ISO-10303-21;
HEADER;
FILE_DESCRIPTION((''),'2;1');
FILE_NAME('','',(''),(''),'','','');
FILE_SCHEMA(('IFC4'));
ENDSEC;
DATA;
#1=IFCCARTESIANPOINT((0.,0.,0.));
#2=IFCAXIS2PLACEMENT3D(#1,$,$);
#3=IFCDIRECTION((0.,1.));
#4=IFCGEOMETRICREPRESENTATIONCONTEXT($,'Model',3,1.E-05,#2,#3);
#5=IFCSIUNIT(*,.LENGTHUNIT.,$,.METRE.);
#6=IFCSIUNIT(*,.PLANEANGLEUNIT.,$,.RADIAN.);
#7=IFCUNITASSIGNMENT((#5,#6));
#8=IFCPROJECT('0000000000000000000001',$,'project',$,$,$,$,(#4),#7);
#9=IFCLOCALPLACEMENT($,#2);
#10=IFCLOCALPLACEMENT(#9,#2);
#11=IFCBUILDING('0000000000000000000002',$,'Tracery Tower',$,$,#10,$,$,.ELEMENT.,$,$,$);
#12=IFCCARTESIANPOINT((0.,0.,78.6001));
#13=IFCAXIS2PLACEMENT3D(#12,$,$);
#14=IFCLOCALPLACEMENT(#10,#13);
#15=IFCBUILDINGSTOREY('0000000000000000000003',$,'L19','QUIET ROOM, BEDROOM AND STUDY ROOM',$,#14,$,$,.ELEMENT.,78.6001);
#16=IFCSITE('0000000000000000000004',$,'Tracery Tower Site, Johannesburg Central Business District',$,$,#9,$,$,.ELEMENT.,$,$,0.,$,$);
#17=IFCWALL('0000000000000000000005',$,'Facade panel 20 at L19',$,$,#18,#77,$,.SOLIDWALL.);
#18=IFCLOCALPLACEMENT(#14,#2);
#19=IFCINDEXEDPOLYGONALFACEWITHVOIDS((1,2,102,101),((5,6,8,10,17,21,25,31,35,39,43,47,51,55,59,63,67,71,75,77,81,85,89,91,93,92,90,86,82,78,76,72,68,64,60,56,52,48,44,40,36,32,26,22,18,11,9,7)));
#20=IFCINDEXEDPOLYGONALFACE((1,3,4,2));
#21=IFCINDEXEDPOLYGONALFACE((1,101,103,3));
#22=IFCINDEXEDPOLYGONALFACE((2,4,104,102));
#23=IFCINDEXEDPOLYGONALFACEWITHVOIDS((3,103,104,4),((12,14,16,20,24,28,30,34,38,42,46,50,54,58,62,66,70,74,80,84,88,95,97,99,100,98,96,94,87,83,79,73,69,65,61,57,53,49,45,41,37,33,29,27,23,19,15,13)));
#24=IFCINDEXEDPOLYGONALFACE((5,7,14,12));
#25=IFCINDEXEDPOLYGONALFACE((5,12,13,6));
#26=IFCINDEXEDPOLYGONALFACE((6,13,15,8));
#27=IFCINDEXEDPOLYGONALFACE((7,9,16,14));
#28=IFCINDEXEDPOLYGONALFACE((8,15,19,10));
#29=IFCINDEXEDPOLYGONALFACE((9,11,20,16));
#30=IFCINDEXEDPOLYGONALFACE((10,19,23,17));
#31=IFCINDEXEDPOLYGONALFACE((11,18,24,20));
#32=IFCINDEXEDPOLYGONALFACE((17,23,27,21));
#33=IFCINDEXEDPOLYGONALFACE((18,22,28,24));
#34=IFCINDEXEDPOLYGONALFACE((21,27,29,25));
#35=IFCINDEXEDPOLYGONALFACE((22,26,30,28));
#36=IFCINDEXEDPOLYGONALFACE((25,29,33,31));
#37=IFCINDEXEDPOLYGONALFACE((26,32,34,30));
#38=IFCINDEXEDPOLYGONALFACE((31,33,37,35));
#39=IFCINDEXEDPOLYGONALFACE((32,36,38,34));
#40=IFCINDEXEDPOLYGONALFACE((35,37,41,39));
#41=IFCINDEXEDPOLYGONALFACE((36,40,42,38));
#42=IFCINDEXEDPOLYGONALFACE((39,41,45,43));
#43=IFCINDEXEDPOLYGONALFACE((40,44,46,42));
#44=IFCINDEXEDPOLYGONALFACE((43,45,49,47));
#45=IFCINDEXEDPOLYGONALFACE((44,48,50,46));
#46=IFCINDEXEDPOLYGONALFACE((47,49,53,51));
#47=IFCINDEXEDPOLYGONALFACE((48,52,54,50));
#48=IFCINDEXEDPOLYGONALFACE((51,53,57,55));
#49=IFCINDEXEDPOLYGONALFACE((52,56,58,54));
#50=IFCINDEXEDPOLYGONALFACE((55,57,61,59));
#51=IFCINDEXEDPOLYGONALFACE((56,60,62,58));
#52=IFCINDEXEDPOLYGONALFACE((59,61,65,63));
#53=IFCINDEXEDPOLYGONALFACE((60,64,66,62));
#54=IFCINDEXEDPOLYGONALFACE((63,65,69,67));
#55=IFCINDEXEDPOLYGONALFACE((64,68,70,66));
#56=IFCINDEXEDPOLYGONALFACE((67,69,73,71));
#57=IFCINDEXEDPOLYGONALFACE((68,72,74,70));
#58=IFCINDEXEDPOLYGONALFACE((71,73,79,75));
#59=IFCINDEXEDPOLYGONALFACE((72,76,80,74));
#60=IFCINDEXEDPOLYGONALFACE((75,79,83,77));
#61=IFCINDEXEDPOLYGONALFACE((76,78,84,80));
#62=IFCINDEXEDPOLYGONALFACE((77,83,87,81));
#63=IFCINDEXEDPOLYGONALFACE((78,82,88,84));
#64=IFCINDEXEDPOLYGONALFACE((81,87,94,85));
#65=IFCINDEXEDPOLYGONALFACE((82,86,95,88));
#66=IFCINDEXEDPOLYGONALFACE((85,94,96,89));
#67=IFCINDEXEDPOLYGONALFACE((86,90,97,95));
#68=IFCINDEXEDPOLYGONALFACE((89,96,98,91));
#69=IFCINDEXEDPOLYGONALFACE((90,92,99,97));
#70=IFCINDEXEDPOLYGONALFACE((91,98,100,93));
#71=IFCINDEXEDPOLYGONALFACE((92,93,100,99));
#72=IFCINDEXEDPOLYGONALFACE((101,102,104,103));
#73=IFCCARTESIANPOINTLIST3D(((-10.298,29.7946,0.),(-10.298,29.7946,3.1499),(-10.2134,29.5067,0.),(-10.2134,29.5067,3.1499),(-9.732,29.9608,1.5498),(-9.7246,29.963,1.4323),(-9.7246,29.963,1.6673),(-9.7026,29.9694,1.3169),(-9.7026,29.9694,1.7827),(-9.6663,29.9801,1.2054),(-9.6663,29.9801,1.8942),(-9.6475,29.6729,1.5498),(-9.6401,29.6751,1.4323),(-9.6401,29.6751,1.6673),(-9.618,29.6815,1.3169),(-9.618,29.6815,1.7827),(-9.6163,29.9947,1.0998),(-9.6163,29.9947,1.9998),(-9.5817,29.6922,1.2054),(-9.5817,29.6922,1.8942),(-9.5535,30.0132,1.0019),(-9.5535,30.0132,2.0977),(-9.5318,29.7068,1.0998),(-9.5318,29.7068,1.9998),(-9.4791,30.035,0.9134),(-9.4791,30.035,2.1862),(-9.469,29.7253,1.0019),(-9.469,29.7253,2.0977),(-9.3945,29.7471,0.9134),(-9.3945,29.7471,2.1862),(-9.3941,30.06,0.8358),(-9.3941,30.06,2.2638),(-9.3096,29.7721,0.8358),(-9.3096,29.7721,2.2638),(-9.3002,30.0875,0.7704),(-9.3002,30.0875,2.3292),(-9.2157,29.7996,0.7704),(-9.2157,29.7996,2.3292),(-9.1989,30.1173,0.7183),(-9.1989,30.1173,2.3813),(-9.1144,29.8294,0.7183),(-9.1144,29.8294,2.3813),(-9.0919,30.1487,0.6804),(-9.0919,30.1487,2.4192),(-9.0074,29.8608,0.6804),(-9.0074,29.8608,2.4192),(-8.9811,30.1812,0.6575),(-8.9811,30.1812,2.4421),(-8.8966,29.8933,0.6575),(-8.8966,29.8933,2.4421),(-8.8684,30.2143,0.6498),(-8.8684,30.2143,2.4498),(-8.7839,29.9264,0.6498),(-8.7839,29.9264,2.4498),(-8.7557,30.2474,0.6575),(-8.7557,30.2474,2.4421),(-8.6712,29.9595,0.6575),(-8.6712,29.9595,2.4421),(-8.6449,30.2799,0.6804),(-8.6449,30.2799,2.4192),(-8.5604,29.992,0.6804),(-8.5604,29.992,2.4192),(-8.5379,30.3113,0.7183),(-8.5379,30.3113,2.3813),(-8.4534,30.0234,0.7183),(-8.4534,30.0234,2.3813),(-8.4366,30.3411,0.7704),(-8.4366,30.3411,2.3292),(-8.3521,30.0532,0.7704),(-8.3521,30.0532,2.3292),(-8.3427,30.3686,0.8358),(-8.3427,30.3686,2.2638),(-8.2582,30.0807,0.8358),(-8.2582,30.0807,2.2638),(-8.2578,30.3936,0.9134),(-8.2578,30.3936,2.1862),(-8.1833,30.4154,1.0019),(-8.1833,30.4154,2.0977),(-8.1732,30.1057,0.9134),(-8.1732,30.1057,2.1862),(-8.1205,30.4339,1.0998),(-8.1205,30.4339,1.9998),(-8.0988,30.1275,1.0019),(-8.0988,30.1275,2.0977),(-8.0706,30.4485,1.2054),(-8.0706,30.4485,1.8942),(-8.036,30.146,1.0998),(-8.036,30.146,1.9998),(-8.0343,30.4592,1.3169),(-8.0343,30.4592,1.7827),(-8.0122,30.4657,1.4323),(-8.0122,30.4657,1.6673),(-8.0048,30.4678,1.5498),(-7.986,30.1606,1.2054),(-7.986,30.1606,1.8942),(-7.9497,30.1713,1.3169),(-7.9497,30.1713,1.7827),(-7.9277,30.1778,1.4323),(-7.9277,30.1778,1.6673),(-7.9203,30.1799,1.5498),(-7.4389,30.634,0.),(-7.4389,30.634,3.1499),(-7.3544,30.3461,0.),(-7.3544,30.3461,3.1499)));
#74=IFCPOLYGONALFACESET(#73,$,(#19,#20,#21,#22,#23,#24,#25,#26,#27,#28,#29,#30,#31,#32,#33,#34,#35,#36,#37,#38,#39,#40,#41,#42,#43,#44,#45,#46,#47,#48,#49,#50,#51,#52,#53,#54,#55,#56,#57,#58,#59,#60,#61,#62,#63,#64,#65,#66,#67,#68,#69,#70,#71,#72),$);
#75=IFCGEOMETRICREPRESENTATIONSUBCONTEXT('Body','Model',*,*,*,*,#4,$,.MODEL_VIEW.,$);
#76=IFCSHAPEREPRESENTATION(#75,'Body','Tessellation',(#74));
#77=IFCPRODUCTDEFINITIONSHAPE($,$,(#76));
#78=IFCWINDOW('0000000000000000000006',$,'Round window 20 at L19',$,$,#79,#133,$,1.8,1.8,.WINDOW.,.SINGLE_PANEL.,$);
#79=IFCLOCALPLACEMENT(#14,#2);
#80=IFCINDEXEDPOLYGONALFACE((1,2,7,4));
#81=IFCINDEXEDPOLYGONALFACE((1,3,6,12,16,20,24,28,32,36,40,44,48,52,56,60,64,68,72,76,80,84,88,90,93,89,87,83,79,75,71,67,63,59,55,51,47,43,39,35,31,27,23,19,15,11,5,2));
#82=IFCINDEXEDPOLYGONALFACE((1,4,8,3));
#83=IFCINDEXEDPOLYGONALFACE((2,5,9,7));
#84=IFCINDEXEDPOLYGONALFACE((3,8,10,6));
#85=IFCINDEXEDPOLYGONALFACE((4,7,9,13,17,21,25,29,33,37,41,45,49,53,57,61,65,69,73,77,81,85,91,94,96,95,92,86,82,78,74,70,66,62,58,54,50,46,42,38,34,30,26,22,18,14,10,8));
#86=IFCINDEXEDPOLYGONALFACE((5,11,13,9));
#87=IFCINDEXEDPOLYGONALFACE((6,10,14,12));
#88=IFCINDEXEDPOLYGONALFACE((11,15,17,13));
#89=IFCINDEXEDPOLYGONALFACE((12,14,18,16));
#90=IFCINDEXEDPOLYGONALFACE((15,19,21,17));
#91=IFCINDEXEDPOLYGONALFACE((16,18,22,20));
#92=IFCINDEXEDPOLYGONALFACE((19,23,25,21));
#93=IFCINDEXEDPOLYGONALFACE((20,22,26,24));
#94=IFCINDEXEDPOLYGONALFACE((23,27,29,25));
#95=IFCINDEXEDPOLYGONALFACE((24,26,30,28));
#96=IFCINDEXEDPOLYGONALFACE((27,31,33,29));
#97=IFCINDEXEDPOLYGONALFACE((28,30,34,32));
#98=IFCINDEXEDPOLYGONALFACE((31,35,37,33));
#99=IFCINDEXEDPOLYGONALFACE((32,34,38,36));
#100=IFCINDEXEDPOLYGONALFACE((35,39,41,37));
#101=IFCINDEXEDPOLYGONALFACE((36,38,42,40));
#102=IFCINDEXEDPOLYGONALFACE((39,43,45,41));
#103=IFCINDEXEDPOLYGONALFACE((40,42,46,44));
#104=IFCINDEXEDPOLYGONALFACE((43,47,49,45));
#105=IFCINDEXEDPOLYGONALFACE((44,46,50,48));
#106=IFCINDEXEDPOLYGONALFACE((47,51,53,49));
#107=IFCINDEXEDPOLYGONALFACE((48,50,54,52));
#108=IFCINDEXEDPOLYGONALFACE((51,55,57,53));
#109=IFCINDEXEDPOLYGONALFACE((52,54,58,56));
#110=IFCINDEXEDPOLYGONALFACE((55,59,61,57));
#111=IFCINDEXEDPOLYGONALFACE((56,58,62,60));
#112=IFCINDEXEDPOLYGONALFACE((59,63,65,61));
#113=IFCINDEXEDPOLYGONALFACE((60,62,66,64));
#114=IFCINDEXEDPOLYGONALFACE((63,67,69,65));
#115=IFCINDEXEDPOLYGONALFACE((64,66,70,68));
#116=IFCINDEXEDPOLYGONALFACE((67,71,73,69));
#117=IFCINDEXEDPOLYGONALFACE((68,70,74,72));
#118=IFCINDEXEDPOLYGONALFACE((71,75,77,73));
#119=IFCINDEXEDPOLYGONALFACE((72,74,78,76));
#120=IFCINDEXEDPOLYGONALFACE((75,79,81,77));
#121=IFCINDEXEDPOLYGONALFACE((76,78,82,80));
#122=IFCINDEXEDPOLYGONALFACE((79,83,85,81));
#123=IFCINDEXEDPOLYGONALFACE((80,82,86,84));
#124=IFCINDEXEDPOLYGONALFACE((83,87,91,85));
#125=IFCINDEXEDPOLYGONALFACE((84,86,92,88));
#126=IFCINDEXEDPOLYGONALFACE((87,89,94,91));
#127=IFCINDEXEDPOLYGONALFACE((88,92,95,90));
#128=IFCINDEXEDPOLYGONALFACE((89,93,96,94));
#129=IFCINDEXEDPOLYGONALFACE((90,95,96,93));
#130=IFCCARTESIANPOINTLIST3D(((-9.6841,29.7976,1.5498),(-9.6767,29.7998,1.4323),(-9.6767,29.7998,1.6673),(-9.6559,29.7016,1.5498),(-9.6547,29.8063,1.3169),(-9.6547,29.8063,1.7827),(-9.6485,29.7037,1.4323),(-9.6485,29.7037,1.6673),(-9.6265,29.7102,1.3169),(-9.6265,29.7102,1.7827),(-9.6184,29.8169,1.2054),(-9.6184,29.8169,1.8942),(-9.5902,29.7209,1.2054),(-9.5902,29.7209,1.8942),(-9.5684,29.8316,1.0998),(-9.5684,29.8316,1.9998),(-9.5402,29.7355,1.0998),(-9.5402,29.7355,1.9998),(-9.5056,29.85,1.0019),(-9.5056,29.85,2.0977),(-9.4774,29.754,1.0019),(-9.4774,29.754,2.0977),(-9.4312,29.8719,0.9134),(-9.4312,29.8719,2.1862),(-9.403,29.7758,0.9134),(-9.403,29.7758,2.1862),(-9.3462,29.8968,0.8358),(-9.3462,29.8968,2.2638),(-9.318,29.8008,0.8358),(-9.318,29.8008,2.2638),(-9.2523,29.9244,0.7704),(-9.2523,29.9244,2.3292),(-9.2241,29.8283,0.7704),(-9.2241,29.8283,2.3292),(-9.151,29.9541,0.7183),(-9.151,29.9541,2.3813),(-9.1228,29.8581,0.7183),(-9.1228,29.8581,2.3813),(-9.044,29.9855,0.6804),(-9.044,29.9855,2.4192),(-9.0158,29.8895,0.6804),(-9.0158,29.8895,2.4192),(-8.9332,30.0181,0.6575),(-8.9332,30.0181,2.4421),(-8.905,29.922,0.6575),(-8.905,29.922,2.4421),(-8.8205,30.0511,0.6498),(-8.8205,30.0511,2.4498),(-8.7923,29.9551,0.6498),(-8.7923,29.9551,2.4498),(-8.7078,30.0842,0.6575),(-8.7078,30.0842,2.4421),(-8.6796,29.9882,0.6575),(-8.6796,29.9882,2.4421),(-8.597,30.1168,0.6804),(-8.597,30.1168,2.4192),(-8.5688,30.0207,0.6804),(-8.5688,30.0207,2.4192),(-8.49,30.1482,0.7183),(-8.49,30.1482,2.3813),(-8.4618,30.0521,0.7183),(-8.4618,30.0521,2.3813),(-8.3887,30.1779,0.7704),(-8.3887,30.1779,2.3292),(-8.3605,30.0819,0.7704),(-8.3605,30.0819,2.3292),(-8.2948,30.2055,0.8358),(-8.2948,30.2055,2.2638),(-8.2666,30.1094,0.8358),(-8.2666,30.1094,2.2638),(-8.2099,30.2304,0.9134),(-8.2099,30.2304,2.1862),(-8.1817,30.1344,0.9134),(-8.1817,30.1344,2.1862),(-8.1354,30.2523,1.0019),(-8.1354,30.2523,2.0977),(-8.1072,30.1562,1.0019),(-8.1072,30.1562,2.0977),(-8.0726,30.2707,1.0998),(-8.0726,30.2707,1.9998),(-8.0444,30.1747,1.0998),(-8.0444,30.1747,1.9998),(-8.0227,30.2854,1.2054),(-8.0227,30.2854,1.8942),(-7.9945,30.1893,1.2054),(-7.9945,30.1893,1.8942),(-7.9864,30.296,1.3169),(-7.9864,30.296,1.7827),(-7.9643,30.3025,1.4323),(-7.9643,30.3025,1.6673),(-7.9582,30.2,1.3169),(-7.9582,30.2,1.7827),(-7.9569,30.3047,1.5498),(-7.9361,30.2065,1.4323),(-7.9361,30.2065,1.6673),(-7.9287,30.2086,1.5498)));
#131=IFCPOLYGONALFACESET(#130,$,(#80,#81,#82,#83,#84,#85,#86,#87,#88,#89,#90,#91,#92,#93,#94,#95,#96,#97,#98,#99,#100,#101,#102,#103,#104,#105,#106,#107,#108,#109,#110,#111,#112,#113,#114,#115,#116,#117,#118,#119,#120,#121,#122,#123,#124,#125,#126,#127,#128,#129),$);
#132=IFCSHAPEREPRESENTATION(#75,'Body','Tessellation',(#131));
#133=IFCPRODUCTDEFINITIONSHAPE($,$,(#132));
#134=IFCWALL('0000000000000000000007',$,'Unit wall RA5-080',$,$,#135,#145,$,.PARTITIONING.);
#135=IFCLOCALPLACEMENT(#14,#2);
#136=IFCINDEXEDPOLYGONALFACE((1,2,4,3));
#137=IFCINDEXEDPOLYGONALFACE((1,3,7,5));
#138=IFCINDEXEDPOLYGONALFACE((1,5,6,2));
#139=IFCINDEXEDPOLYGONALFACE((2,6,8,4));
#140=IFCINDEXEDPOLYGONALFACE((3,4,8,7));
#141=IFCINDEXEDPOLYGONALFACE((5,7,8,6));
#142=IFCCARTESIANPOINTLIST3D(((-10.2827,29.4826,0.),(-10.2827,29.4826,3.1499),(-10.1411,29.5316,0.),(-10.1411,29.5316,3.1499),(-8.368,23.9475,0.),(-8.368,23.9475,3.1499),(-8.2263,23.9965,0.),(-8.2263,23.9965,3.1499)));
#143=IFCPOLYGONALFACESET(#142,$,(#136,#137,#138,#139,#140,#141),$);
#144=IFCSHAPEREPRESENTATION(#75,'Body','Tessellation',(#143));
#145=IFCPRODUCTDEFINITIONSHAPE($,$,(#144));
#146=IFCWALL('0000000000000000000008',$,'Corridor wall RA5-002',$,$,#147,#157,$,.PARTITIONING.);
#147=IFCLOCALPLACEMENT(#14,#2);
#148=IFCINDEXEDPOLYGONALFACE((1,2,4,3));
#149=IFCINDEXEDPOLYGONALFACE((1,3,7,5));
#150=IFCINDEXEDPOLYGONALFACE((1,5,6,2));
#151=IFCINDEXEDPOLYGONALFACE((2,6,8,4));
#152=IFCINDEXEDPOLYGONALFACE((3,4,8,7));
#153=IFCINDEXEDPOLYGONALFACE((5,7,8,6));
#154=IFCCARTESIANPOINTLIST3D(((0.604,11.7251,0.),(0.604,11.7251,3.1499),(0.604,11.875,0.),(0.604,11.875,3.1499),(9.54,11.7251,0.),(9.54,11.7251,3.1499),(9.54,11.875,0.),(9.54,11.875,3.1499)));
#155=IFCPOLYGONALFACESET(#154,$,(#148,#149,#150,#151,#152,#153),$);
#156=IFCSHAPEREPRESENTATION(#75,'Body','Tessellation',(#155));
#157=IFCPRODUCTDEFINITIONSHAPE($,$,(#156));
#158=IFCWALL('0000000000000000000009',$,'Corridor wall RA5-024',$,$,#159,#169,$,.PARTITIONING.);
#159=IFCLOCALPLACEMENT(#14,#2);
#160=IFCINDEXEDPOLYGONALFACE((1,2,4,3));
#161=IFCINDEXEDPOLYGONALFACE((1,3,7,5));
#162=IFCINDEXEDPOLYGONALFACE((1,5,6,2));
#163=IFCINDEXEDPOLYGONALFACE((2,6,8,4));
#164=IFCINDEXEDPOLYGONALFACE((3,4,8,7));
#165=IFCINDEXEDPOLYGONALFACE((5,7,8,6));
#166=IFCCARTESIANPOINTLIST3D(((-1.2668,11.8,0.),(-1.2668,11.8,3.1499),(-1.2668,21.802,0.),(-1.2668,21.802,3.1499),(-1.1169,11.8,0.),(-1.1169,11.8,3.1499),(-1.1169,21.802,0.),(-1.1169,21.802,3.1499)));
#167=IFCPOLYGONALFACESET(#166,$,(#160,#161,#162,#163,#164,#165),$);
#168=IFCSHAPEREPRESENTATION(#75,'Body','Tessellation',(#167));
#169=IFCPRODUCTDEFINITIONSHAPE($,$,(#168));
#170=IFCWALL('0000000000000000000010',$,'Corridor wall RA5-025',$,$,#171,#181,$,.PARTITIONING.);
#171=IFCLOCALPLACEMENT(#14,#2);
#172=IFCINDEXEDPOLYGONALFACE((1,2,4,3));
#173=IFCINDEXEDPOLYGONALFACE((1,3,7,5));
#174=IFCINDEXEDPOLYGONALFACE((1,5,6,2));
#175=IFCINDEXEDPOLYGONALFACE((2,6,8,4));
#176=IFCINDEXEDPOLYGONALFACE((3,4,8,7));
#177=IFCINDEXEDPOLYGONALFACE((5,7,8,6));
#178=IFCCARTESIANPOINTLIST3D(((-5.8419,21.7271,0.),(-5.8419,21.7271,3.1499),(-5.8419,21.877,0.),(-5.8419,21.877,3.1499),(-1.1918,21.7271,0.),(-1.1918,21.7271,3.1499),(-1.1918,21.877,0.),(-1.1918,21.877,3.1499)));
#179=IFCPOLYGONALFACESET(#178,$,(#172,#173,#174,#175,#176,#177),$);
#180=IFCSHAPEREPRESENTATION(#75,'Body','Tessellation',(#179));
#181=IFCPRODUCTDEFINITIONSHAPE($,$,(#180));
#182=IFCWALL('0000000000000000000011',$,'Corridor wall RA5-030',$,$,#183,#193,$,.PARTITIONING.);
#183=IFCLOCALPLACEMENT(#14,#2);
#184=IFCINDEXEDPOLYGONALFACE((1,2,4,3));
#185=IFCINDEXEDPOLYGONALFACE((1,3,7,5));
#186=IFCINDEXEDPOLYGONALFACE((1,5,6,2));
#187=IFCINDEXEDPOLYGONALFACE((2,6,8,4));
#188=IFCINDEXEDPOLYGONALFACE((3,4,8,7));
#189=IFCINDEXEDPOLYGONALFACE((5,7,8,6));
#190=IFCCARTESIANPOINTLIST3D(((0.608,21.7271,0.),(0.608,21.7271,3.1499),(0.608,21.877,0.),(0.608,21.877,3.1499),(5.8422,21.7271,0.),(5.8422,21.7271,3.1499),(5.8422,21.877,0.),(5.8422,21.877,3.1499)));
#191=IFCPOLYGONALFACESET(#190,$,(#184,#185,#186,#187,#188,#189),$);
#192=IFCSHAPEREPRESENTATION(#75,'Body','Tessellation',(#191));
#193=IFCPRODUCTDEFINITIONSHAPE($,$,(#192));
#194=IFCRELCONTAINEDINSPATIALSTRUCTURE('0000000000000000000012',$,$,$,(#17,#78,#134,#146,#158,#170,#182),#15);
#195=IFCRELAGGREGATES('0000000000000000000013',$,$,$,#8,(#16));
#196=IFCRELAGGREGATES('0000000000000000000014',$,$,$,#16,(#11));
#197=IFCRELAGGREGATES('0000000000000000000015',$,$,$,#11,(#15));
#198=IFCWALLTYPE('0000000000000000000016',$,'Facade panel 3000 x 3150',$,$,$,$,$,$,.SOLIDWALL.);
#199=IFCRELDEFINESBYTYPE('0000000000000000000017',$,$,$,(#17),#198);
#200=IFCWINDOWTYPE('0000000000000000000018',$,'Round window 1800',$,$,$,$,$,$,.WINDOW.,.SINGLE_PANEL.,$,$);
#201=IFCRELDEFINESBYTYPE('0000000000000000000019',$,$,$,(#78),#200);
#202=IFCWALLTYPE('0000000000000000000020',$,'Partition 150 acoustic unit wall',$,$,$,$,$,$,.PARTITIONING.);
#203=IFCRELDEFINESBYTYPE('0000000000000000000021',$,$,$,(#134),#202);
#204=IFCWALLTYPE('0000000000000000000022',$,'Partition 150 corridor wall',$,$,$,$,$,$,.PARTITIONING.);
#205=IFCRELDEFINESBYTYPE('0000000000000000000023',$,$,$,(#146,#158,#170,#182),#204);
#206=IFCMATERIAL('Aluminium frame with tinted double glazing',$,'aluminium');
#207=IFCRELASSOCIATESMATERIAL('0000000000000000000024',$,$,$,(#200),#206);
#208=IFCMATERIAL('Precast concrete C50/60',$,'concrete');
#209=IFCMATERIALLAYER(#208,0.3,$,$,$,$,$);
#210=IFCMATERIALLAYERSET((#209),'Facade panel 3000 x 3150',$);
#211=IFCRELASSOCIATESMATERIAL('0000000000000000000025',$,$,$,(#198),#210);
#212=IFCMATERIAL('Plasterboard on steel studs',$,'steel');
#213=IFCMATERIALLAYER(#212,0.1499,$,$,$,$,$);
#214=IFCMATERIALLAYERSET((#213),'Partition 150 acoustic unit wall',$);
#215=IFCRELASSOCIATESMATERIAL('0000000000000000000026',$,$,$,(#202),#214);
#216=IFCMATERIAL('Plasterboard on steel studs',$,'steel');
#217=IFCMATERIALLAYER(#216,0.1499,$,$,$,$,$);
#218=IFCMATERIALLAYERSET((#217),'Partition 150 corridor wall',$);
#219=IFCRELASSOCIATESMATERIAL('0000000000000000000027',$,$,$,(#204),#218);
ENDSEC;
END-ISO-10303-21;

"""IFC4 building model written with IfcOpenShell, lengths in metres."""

from ifc_helpers import new_model, si_unit, direction, frame, frame_2d, origin, origin_2d, place, context, subcontext, project, spatial, rectangle, circle, extrude, material, layer, layer_set, type_object, element, fill, save


model = new_model("IFC4")

# Units and contexts
model_context = context("Model", 3, precision=1e-05, world=origin(), true_north=direction((0.0, 1.0)))
body_context = subcontext(model_context, "Body", "Model", "MODEL_VIEW")
ifc_project = project(units=[si_unit("LENGTHUNIT", "METRE"), si_unit("PLANEANGLEUNIT", "RADIAN")], contexts=[model_context])

# Site, building, storey
site_placement = place(None, origin())
site = spatial("IfcSite", under=ifc_project, at=site_placement, Name="Tracery Tower Site, Johannesburg Central Business District", CompositionType="ELEMENT", RefElevation=0.0)
building_placement = place(site_placement, origin())
building = spatial("IfcBuilding", under=site, at=building_placement, Name="Tracery Tower", CompositionType="ELEMENT")
storey_placement = place(building_placement, frame((0.0, 0.0, 78.6001)))
storey = spatial("IfcBuildingStorey", under=building, at=storey_placement, Name="L19", Description="QUIET ROOM, BEDROOM AND STUDY ROOM", CompositionType="ELEMENT", Elevation=78.6001)

# Wall, opening, window
ifc_material_1 = material(Name="Aluminium frame with tinted double glazing", Category="aluminium")
window_type = type_object("IfcWindowType", Name="Round window 1800", PartitioningType="SINGLE_PANEL", PredefinedType="WINDOW", material=ifc_material_1)
ifc_material_2 = material(Name="Precast concrete C50/60", Category="concrete")
ifc_layer_1 = layer(ifc_material_2, 0.3)
ifc_layer_set_1 = layer_set([ifc_layer_1], Name="Facade panel 3000 x 3150")
wall_type_1 = type_object("IfcWallType", Name="Facade panel 3000 x 3150", PredefinedType="SOLIDWALL", material=ifc_layer_set_1)
wall_1_placement = place(storey_placement, frame((-7.3967, 30.49, 0.0), z_axis=(0.0, 0.0, 1.0), x_axis=(-0.959508, -0.281683, 0.0)))
wall_1 = element("IfcWall", 1, at=wall_1_placement, inside=storey, type_object=wall_type_1, Name="Facade panel 20 at L19", PredefinedType="SOLIDWALL", context=body_context, shape_type="SweptSolid", body=[
    extrude(rectangle(XDim=2.9797, YDim=0.3, at=frame_2d((1.4897, 0.0))), origin(), (0.0, 0.0, 1.0), 3.1499),
])
opening_1_placement = place(wall_1_placement, frame((1.4897, 0.0, 1.5498)))
opening_1 = element("IfcOpeningElement", 2, at=opening_1_placement, cuts=wall_1, PredefinedType="OPENING", context=body_context, shape_type="SweptSolid", body=[
    extrude(circle(Radius=0.9, at=origin_2d()), frame((0.0, 0.1599, 0.0), z_axis=(0.0, -1.0, 0.0), x_axis=(1.0, 0.0, 0.0)), (0.0, 0.0, 1.0), 0.3201),
])
window_1_placement = place(opening_1_placement, origin())
window_1 = element("IfcWindow", 3, at=window_1_placement, inside=storey, type_object=window_type, Name="Round window 20 at L19", OverallHeight=1.8, OverallWidth=1.8, PartitioningType="SINGLE_PANEL", PredefinedType="WINDOW", context=body_context, shape_type="SweptSolid", body=[
    extrude(circle(Radius=0.9, at=origin_2d()), frame((0.0, 0.1201, 0.0), z_axis=(0.0, -1.0, 0.0), x_axis=(1.0, 0.0, 0.0)), (0.0, 0.0, 1.0), 0.1001),
])
fill(opening_1, window_1)

# Walls
ifc_material_3 = material(Name="Plasterboard on steel studs", Category="steel")
ifc_layer_2 = layer(ifc_material_3, 0.1499)
ifc_layer_set_2 = layer_set([ifc_layer_2], Name="Partition 150 acoustic unit wall")
wall_type_2 = type_object("IfcWallType", Name="Partition 150 acoustic unit wall", PredefinedType="PARTITIONING", material=ifc_layer_set_2)
wall_2_placement = place(storey_placement, frame((-10.2119, 29.5071, 0.0), z_axis=(0.0, 0.0, 1.0), x_axis=(0.326924, -0.94505, 0.0)))
element("IfcWall", 4, at=wall_2_placement, inside=storey, type_object=wall_type_2, Name="Unit wall RA5-080", PredefinedType="PARTITIONING", context=body_context, shape_type="SweptSolid", body=[
    extrude(rectangle(XDim=5.8569, YDim=0.1499, at=frame_2d((2.9285, 0.0))), origin(), (0.0, 0.0, 1.0), 3.1499),
])
ifc_material_4 = material(Name="Plasterboard on steel studs", Category="steel")
ifc_layer_3 = layer(ifc_material_4, 0.1499)
ifc_layer_set_3 = layer_set([ifc_layer_3], Name="Partition 150 corridor wall")
wall_type_3 = type_object("IfcWallType", Name="Partition 150 corridor wall", PredefinedType="PARTITIONING", material=ifc_layer_set_3)
wall_3_placement = place(storey_placement, frame((0.604, 11.8, 0.0), z_axis=(0.0, 0.0, 1.0), x_axis=(1.0, 0.0, 0.0)))
element("IfcWall", 5, at=wall_3_placement, inside=storey, type_object=wall_type_3, Name="Corridor wall RA5-002", PredefinedType="PARTITIONING", context=body_context, shape_type="SweptSolid", body=[
    extrude(rectangle(XDim=8.936, YDim=0.1499, at=frame_2d((4.468, 0.0))), origin(), (0.0, 0.0, 1.0), 3.1499),
])
wall_4_placement = place(storey_placement, frame((-1.1919, 11.8, 0.0), z_axis=(0.0, 0.0, 1.0), x_axis=(0.0, 1.0, 0.0)))
element("IfcWall", 6, at=wall_4_placement, inside=storey, type_object=wall_type_3, Name="Corridor wall RA5-024", PredefinedType="PARTITIONING", context=body_context, shape_type="SweptSolid", body=[
    extrude(rectangle(XDim=10.002, YDim=0.1499, at=frame_2d((5.001, 0.0))), origin(), (0.0, 0.0, 1.0), 3.1499),
])
wall_5_placement = place(storey_placement, frame((-5.842, 21.802, 0.0), z_axis=(0.0, 0.0, 1.0), x_axis=(1.0, 0.0, 0.0)))
element("IfcWall", 7, at=wall_5_placement, inside=storey, type_object=wall_type_3, Name="Corridor wall RA5-025", PredefinedType="PARTITIONING", context=body_context, shape_type="SweptSolid", body=[
    extrude(rectangle(XDim=4.6501, YDim=0.1499, at=frame_2d((2.3252, 0.0))), origin(), (0.0, 0.0, 1.0), 3.1499),
])
wall_6_placement = place(storey_placement, frame((0.6079, 21.802, 0.0), z_axis=(0.0, 0.0, 1.0), x_axis=(1.0, 0.0, 0.0)))
element("IfcWall", 8, at=wall_6_placement, inside=storey, type_object=wall_type_3, Name="Corridor wall RA5-030", PredefinedType="PARTITIONING", context=body_context, shape_type="SweptSolid", body=[
    extrude(rectangle(XDim=5.2341, YDim=0.1499, at=frame_2d((2.6172, 0.0))), origin(), (0.0, 0.0, 1.0), 3.1499),
])

save(model, "model.ifc")
